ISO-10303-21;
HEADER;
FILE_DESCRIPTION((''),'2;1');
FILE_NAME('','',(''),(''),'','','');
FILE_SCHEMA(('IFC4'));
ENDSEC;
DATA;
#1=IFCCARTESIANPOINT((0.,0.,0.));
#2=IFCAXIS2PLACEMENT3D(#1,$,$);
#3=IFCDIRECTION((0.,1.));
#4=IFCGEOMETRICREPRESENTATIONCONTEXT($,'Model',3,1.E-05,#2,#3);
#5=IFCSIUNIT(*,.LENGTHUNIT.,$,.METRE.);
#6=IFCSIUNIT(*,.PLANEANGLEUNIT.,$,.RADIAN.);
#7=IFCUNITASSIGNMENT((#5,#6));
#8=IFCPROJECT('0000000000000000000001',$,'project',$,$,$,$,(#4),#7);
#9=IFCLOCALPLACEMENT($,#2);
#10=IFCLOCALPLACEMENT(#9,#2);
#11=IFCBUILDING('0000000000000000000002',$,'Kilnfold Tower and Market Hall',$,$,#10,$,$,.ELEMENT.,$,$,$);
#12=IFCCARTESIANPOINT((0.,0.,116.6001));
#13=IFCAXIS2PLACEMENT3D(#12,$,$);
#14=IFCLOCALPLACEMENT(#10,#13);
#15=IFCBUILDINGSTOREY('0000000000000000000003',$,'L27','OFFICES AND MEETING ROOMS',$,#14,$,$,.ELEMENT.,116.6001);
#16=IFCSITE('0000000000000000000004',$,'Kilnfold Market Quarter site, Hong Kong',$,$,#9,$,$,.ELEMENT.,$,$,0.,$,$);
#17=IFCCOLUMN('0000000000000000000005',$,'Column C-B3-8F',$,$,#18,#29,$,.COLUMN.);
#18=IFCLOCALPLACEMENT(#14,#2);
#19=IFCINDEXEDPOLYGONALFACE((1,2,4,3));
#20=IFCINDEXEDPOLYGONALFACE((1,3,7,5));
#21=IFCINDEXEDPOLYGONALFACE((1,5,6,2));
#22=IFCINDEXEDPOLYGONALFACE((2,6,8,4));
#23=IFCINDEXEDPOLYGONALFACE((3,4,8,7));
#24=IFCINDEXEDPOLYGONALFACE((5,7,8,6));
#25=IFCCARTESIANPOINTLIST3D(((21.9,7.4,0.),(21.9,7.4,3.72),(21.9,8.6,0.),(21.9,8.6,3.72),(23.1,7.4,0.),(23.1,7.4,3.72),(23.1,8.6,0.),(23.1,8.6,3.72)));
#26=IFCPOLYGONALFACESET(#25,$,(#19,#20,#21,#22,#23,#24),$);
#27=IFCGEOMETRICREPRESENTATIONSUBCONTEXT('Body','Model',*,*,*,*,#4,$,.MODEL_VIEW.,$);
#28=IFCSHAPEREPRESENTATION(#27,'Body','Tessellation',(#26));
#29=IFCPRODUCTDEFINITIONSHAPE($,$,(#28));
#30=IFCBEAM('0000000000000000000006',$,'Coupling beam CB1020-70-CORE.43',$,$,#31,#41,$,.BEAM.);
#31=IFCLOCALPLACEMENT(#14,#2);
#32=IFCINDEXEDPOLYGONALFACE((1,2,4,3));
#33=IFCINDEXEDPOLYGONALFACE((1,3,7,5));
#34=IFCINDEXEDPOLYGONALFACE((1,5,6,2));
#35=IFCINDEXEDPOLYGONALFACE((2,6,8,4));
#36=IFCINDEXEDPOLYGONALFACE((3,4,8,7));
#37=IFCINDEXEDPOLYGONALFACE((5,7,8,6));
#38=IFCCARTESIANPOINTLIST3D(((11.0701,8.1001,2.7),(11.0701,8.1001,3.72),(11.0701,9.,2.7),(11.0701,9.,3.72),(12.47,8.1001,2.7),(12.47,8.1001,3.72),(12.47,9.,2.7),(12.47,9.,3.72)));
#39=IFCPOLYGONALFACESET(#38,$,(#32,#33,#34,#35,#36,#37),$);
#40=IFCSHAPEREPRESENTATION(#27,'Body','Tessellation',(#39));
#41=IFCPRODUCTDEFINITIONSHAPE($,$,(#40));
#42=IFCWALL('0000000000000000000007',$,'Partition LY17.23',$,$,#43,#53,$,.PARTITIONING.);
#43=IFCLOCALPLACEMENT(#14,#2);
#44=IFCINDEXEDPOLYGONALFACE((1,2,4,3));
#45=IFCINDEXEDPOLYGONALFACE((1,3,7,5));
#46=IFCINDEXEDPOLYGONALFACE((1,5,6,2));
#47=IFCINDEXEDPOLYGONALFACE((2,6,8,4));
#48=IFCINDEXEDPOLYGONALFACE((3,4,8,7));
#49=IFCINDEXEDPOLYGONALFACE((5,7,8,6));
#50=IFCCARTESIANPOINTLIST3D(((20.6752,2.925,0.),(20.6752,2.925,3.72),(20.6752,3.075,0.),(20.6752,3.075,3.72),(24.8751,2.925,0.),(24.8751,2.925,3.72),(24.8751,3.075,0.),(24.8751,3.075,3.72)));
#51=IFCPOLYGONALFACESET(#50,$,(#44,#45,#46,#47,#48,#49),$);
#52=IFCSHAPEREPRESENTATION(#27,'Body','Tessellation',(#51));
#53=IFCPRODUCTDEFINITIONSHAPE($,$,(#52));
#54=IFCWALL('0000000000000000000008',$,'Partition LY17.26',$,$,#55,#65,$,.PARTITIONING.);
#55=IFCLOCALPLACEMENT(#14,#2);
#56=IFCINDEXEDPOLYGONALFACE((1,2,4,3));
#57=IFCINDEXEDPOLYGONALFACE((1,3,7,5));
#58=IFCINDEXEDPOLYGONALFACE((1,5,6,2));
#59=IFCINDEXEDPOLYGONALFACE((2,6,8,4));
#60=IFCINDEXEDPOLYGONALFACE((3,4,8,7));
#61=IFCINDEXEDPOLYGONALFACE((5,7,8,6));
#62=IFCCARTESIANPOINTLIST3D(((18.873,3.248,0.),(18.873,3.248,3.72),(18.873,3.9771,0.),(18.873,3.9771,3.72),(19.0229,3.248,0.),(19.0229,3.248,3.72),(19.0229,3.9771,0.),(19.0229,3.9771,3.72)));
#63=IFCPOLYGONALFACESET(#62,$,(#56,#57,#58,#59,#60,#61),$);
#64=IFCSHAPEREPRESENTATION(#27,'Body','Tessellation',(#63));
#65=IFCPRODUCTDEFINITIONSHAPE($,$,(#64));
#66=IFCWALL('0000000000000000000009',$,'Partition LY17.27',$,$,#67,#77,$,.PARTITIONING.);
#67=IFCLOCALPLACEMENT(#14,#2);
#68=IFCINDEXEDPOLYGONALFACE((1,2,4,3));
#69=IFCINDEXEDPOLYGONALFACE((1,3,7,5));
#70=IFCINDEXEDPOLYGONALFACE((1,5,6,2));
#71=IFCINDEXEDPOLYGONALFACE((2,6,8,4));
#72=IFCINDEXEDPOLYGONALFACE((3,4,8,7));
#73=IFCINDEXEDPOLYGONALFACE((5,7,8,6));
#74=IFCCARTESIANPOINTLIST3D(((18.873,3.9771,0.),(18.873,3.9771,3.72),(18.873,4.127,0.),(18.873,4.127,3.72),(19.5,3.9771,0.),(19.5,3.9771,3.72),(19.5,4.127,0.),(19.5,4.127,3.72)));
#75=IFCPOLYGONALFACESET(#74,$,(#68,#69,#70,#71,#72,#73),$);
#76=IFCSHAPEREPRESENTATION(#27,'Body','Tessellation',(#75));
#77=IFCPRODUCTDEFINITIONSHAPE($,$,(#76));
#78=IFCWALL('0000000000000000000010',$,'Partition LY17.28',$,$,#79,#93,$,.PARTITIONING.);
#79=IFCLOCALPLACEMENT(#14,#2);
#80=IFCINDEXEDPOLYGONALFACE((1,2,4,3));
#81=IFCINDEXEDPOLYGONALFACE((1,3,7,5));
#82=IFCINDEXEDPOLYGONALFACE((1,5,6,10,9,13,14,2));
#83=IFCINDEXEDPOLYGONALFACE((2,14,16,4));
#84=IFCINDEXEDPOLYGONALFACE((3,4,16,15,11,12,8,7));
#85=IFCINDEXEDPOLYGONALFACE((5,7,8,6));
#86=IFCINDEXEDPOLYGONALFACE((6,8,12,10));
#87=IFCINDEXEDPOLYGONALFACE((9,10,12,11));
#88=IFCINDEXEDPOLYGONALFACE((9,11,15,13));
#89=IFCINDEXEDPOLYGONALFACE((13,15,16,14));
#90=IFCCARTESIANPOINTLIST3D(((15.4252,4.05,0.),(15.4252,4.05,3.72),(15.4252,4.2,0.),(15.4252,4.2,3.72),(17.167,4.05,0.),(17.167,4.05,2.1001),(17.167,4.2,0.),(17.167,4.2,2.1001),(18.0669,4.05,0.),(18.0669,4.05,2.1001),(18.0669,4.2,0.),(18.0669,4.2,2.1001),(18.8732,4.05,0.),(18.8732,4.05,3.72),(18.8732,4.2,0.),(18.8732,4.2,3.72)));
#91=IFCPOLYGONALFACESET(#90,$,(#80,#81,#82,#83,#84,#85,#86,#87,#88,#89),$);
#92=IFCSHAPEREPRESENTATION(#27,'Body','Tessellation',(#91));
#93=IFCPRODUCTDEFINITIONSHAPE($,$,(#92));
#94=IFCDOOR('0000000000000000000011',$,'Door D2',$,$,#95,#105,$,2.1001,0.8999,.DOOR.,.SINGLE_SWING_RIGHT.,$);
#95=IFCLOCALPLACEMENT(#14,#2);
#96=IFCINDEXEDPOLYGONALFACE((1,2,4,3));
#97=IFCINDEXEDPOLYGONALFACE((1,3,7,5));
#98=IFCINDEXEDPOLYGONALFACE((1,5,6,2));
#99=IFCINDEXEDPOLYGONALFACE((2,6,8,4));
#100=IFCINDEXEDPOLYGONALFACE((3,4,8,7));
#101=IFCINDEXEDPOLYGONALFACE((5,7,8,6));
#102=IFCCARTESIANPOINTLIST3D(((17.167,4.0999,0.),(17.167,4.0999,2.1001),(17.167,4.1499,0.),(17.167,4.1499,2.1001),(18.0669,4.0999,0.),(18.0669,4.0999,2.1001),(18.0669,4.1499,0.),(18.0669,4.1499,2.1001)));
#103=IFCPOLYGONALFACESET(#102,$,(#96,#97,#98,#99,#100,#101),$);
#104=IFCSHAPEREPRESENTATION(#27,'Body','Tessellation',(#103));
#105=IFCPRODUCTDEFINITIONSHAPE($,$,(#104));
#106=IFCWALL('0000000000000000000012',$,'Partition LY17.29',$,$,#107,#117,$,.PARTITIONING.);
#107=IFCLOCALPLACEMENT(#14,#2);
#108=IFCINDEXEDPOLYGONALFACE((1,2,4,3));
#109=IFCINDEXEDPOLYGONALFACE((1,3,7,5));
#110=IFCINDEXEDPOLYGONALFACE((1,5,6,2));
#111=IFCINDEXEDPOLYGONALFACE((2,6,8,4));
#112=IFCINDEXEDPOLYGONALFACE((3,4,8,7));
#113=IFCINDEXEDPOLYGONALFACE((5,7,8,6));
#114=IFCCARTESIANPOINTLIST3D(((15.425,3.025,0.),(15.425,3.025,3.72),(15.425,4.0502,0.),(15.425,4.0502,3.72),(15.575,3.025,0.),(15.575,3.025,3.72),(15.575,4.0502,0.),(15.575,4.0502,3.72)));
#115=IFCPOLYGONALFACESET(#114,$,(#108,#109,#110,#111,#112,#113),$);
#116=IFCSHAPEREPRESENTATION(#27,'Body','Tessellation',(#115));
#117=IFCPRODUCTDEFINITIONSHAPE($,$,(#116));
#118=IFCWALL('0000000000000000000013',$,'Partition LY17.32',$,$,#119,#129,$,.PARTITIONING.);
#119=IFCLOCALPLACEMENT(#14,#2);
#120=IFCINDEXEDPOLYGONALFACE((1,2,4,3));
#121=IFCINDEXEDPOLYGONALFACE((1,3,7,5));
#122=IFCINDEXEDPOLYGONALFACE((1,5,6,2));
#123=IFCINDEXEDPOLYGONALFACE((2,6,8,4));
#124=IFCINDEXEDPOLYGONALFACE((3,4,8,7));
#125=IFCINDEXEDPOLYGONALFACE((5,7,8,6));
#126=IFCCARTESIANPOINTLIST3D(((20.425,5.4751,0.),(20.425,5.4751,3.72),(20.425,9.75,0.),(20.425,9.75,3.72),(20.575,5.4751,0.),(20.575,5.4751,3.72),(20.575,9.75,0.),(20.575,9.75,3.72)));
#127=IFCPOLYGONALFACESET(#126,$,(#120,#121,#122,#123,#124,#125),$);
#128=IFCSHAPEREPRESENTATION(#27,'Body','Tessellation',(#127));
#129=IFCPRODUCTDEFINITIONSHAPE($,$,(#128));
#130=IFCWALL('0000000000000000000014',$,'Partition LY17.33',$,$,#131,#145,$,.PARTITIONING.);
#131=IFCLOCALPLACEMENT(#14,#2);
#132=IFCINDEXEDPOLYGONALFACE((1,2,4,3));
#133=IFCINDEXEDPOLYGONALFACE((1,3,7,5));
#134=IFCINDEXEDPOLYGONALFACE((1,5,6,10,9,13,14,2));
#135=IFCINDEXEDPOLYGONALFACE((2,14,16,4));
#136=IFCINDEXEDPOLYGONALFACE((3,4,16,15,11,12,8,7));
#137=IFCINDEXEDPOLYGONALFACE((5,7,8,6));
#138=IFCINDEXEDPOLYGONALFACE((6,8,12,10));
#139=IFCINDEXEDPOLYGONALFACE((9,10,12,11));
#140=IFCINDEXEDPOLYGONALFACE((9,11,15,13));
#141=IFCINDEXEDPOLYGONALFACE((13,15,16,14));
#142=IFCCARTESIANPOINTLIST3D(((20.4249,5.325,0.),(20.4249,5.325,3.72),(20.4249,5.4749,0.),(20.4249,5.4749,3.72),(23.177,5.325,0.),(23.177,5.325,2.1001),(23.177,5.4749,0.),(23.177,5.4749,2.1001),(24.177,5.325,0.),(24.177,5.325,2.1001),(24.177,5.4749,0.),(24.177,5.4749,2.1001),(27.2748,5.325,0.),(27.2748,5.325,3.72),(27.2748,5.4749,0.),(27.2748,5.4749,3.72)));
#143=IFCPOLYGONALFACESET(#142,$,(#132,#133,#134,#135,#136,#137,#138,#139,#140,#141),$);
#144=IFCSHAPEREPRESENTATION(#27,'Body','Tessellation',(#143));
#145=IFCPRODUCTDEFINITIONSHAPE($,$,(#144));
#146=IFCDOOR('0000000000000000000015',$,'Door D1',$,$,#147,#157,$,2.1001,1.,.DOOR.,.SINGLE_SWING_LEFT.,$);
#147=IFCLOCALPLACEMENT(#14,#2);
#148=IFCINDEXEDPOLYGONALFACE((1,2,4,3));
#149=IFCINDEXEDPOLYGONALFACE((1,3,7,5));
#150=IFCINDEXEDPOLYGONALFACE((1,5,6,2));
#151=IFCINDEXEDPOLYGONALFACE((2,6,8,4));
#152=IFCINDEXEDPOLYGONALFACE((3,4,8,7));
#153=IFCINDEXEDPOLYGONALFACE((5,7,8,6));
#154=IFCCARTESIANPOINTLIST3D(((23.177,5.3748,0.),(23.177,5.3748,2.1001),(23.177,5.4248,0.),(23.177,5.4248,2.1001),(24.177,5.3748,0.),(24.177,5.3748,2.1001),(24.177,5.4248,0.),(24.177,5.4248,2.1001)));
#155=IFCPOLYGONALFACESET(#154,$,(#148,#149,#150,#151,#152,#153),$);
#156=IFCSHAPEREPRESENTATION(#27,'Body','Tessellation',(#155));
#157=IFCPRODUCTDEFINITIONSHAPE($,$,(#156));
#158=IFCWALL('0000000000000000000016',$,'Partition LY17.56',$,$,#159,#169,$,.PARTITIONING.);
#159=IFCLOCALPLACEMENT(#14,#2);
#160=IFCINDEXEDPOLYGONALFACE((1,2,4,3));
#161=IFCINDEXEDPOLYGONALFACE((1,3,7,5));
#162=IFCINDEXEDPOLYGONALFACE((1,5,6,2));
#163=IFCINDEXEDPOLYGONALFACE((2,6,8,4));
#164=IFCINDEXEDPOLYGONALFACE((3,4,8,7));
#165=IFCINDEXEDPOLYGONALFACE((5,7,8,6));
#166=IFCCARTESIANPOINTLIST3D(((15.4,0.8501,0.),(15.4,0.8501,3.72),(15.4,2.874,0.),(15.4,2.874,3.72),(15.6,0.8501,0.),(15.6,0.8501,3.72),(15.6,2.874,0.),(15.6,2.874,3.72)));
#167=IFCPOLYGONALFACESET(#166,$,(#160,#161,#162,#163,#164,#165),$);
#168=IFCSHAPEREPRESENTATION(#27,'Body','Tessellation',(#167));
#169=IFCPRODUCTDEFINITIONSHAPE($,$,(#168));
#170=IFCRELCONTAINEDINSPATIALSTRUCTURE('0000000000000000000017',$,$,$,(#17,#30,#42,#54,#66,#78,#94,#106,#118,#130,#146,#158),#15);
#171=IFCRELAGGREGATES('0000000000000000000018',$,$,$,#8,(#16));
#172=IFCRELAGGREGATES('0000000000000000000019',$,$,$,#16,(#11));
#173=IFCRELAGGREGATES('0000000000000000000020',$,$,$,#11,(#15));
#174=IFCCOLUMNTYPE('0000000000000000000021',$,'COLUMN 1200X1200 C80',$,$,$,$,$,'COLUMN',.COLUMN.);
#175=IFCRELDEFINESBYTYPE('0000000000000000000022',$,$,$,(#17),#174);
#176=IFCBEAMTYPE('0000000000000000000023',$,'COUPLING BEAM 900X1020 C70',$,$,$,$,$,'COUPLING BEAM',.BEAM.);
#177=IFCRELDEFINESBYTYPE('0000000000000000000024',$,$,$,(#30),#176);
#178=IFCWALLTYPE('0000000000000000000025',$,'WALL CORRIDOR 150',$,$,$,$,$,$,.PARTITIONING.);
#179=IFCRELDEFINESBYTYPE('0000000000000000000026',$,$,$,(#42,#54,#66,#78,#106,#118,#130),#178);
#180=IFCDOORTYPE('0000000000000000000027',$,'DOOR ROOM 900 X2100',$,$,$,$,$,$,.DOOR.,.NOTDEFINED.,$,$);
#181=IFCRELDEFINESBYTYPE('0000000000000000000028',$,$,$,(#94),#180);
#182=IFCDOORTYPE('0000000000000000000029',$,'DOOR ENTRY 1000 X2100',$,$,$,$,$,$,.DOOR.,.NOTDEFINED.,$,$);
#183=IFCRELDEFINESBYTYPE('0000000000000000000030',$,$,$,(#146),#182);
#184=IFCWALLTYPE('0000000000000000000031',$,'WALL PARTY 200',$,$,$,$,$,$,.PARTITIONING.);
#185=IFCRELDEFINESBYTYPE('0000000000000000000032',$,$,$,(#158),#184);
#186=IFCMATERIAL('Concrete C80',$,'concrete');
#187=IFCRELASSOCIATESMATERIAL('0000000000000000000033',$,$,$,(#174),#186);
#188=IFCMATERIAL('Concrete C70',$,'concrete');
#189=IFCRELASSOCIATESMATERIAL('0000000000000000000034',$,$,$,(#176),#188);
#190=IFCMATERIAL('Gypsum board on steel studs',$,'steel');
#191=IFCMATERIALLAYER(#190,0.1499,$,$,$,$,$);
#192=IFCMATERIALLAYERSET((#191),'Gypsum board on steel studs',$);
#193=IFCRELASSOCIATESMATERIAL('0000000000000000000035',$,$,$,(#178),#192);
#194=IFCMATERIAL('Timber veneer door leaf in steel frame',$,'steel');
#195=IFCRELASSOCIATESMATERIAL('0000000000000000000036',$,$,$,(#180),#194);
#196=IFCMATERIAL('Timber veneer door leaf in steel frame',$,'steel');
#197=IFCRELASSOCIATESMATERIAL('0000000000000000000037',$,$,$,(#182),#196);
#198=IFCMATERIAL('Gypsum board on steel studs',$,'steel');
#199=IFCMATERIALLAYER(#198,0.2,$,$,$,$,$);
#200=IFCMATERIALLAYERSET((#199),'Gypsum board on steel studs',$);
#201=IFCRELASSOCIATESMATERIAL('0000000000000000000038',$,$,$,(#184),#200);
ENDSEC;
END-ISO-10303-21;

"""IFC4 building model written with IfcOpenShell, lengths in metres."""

from ifc_helpers import new_model, si_unit, direction, frame, frame_2d, origin, origin_2d, place, context, subcontext, project, spatial, rectangle, extrude, source, transform, mapped, material, layer, layer_set, material_profile, profile_set, type_object, element, fill, save


model = new_model("IFC4")

# Units and contexts
model_context = context("Model", 3, precision=1e-05, world=origin(), true_north=direction((0.0, 1.0)))
body_context = subcontext(model_context, "Body", "Model", "MODEL_VIEW")
ifc_project = project(units=[si_unit("LENGTHUNIT", "METRE"), si_unit("PLANEANGLEUNIT", "RADIAN")], contexts=[model_context])

# Site, building, storey
site_placement = place(None, origin())
site = spatial("IfcSite", under=ifc_project, at=site_placement, Name="Kilnfold Market Quarter site, Hong Kong", CompositionType="ELEMENT", RefElevation=0.0)
building_placement = place(site_placement, origin())
building = spatial("IfcBuilding", under=site, at=building_placement, Name="Kilnfold Tower and Market Hall", CompositionType="ELEMENT")
storey_placement = place(building_placement, frame((0.0, 0.0, 116.6001)))
storey = spatial("IfcBuildingStorey", under=building, at=storey_placement, Name="L27", Description="OFFICES AND MEETING ROOMS", CompositionType="ELEMENT", Elevation=116.6001)

# Column
ifc_material_1 = material(Name="Concrete C80", Category="concrete")
ifc_material_profile_1 = material_profile(ifc_material_1, rectangle(XDim=1.2, YDim=1.2, at=origin_2d()), Name="RC 1200x1200")
ifc_profile_set_1 = profile_set([ifc_material_profile_1], Name="Concrete C80")
column_type = type_object("IfcColumnType", Name="COLUMN 1200X1200 C80", ElementType="COLUMN", PredefinedType="COLUMN", material=ifc_profile_set_1)
shared_shape_1 = source(origin(), body_context, "Body", "SweptSolid", [
    extrude(rectangle(XDim=1.2, YDim=1.2, at=origin_2d()), origin(), (0.0, 0.0, 1.0), 3.72),
])
column_placement = place(storey_placement, frame((22.5, 8.0, 0.0), z_axis=(0.0, 0.0, 1.0), x_axis=(1.0, 0.0, 0.0)))
element("IfcColumn", 1, at=column_placement, inside=storey, type_object=column_type, Name="Column C-B3-8F", PredefinedType="COLUMN", context=body_context, shape_type="MappedRepresentation", body=[
    mapped(shared_shape_1, transform((0.0, 0.0, 0.0))),
])

# Beam
ifc_material_2 = material(Name="Concrete C70", Category="concrete")
ifc_material_profile_2 = material_profile(ifc_material_2, rectangle(XDim=0.8999, YDim=1.02, at=origin_2d()), Name="RC 900x1020")
ifc_profile_set_2 = profile_set([ifc_material_profile_2], Name="Concrete C70")
beam_type = type_object("IfcBeamType", Name="COUPLING BEAM 900X1020 C70", ElementType="COUPLING BEAM", PredefinedType="BEAM", material=ifc_profile_set_2)
shared_shape_2 = source(origin(), body_context, "Body", "SweptSolid", [
    extrude(rectangle(XDim=0.8999, YDim=1.02, at=origin_2d()), origin(), (0.0, 0.0, 1.0), 1.3999),
])
beam_placement = place(storey_placement, frame((11.0701, 8.55, 3.21), z_axis=(1.0, 0.0, 0.0), x_axis=(0.0, 1.0, 0.0)))
element("IfcBeam", 2, at=beam_placement, inside=storey, type_object=beam_type, Name="Coupling beam CB1020-70-CORE.43", PredefinedType="BEAM", context=body_context, shape_type="MappedRepresentation", body=[
    mapped(shared_shape_2, transform((0.0, 0.0, 0.0))),
])

# Walls
ifc_material_3 = material(Name="Gypsum board on steel studs", Category="steel")
ifc_layer_1 = layer(ifc_material_3, 0.1499)
ifc_layer_set_1 = layer_set([ifc_layer_1], Name="Gypsum board on steel studs")
wall_type_1 = type_object("IfcWallType", Name="WALL CORRIDOR 150", PredefinedType="PARTITIONING", material=ifc_layer_set_1)
wall_1_placement = place(storey_placement, frame((20.675, 3.0, 0.0), z_axis=(0.0, 0.0, 1.0), x_axis=(1.0, 0.0, 0.0)))
element("IfcWall", 3, at=wall_1_placement, inside=storey, type_object=wall_type_1, Name="Partition LY17.23", PredefinedType="PARTITIONING", context=body_context, shape_type="SweptSolid", body=[
    extrude(rectangle(XDim=4.2, YDim=0.1499, at=frame_2d((2.1001, 0.0))), origin(), (0.0, 0.0, 1.0), 3.72),
])
wall_2_placement = place(storey_placement, frame((18.948, 3.9771, 0.0), z_axis=(0.0, 0.0, 1.0), x_axis=(0.0, -1.0, 0.0)))
element("IfcWall", 4, at=wall_2_placement, inside=storey, type_object=wall_type_1, Name="Partition LY17.26", PredefinedType="PARTITIONING", context=body_context, shape_type="SweptSolid", body=[
    extrude(rectangle(XDim=0.729, YDim=0.1499, at=frame_2d((0.3645, 0.0))), origin(), (0.0, 0.0, 1.0), 3.72),
])
wall_3_placement = place(storey_placement, frame((18.873, 4.052, 0.0), z_axis=(0.0, 0.0, 1.0), x_axis=(1.0, 0.0, 0.0)))
element("IfcWall", 5, at=wall_3_placement, inside=storey, type_object=wall_type_1, Name="Partition LY17.27", PredefinedType="PARTITIONING", context=body_context, shape_type="SweptSolid", body=[
    extrude(rectangle(XDim=0.627, YDim=0.1499, at=frame_2d((0.3135, 0.0))), origin(), (0.0, 0.0, 1.0), 3.72),
])

# Wall, opening, door
wall_4_placement = place(storey_placement, frame((15.425, 4.125, 0.0), z_axis=(0.0, 0.0, 1.0), x_axis=(1.0, 0.0, 0.0)))
wall_4 = element("IfcWall", 6, at=wall_4_placement, inside=storey, type_object=wall_type_1, Name="Partition LY17.28", PredefinedType="PARTITIONING", context=body_context, shape_type="SweptSolid", body=[
    extrude(rectangle(XDim=3.448, YDim=0.1499, at=frame_2d((1.7241, 0.0))), origin(), (0.0, 0.0, 1.0), 3.72),
])
opening_1_placement = place(wall_4_placement, frame((1.7419, 0.0, 0.0)))
opening_1 = element("IfcOpeningElement", 7, at=opening_1_placement, cuts=wall_4, PredefinedType="OPENING", context=body_context, shape_type="SweptSolid", body=[
    extrude(rectangle(XDim=0.8999, YDim=2.1001, at=frame_2d((0.45, 1.05))), frame((0.0, 0.085, 0.0), z_axis=(0.0, -1.0, 0.0), x_axis=(1.0, 0.0, 0.0)), (0.0, 0.0, 1.0), 0.1699),
])
ifc_material_4 = material(Name="Timber veneer door leaf in steel frame", Category="steel")
door_type_1 = type_object("IfcDoorType", Name="DOOR ROOM 900 X2100", OperationType="NOTDEFINED", PredefinedType="DOOR", material=ifc_material_4)
door_1_placement = place(opening_1_placement, origin())
door_1 = element("IfcDoor", 8, at=door_1_placement, inside=storey, type_object=door_type_1, Name="Door D2", OperationType="SINGLE_SWING_RIGHT", OverallHeight=2.1001, OverallWidth=0.8999, PredefinedType="DOOR", context=body_context, shape_type="SweptSolid", body=[
    extrude(rectangle(XDim=0.8999, YDim=2.1001, at=frame_2d((0.45, 1.05))), frame((0.0, 0.0249, 0.0), z_axis=(0.0, -1.0, 0.0), x_axis=(1.0, 0.0, 0.0)), (0.0, 0.0, 1.0), 0.05),
])
fill(opening_1, door_1)

# Walls
wall_5_placement = place(storey_placement, frame((15.5, 3.0249, 0.0), z_axis=(0.0, 0.0, 1.0), x_axis=(0.0, 1.0, 0.0)))
element("IfcWall", 9, at=wall_5_placement, inside=storey, type_object=wall_type_1, Name="Partition LY17.29", PredefinedType="PARTITIONING", context=body_context, shape_type="SweptSolid", body=[
    extrude(rectangle(XDim=1.0251, YDim=0.1499, at=frame_2d((0.5127, 0.0))), origin(), (0.0, 0.0, 1.0), 3.72),
])
wall_6_placement = place(storey_placement, frame((20.5, 5.4751, 0.0), z_axis=(0.0, 0.0, 1.0), x_axis=(0.0, 1.0, 0.0)))
element("IfcWall", 10, at=wall_6_placement, inside=storey, type_object=wall_type_1, Name="Partition LY17.32", PredefinedType="PARTITIONING", context=body_context, shape_type="SweptSolid", body=[
    extrude(rectangle(XDim=4.2749, YDim=0.1499, at=frame_2d((2.1375, 0.0))), origin(), (0.0, 0.0, 1.0), 3.72),
])

# Wall, opening, door
wall_7_placement = place(storey_placement, frame((20.425, 5.3999, 0.0), z_axis=(0.0, 0.0, 1.0), x_axis=(1.0, 0.0, 0.0)))
wall_7 = element("IfcWall", 11, at=wall_7_placement, inside=storey, type_object=wall_type_1, Name="Partition LY17.33", PredefinedType="PARTITIONING", context=body_context, shape_type="SweptSolid", body=[
    extrude(rectangle(XDim=6.8499, YDim=0.1499, at=frame_2d((3.4248, 0.0))), origin(), (0.0, 0.0, 1.0), 3.72),
])
opening_2_placement = place(wall_7_placement, frame((2.752, 0.0, 0.0)))
opening_2 = element("IfcOpeningElement", 12, at=opening_2_placement, cuts=wall_7, PredefinedType="OPENING", context=body_context, shape_type="SweptSolid", body=[
    extrude(rectangle(XDim=1.0, YDim=2.1001, at=frame_2d((0.5, 1.05))), frame((0.0, 0.085, 0.0), z_axis=(0.0, -1.0, 0.0), x_axis=(1.0, 0.0, 0.0)), (0.0, 0.0, 1.0), 0.1699),
])
ifc_material_5 = material(Name="Timber veneer door leaf in steel frame", Category="steel")
door_type_2 = type_object("IfcDoorType", Name="DOOR ENTRY 1000 X2100", OperationType="NOTDEFINED", PredefinedType="DOOR", material=ifc_material_5)
door_2_placement = place(opening_2_placement, origin())
door_2 = element("IfcDoor", 13, at=door_2_placement, inside=storey, type_object=door_type_2, Name="Door D1", OperationType="SINGLE_SWING_LEFT", OverallHeight=2.1001, OverallWidth=1.0, PredefinedType="DOOR", context=body_context, shape_type="SweptSolid", body=[
    extrude(rectangle(XDim=1.0, YDim=2.1001, at=frame_2d((0.5, 1.05))), frame((0.0, 0.0249, 0.0), z_axis=(0.0, -1.0, 0.0), x_axis=(1.0, 0.0, 0.0)), (0.0, 0.0, 1.0), 0.05),
])
fill(opening_2, door_2)

# Wall
ifc_material_6 = material(Name="Gypsum board on steel studs", Category="steel")
ifc_layer_2 = layer(ifc_material_6, 0.2)
ifc_layer_set_2 = layer_set([ifc_layer_2], Name="Gypsum board on steel studs")
wall_type_2 = type_object("IfcWallType", Name="WALL PARTY 200", PredefinedType="PARTITIONING", material=ifc_layer_set_2)
wall_8_placement = place(storey_placement, frame((15.5, 0.8501, 0.0), z_axis=(0.0, 0.0, 1.0), x_axis=(0.0, 1.0, 0.0)))
element("IfcWall", 14, at=wall_8_placement, inside=storey, type_object=wall_type_2, Name="Partition LY17.56", PredefinedType="PARTITIONING", context=body_context, shape_type="SweptSolid", body=[
    extrude(rectangle(XDim=2.0239, YDim=0.2, at=frame_2d((1.012, 0.0))), origin(), (0.0, 0.0, 1.0), 3.72),
])

save(model, "model.ifc")
